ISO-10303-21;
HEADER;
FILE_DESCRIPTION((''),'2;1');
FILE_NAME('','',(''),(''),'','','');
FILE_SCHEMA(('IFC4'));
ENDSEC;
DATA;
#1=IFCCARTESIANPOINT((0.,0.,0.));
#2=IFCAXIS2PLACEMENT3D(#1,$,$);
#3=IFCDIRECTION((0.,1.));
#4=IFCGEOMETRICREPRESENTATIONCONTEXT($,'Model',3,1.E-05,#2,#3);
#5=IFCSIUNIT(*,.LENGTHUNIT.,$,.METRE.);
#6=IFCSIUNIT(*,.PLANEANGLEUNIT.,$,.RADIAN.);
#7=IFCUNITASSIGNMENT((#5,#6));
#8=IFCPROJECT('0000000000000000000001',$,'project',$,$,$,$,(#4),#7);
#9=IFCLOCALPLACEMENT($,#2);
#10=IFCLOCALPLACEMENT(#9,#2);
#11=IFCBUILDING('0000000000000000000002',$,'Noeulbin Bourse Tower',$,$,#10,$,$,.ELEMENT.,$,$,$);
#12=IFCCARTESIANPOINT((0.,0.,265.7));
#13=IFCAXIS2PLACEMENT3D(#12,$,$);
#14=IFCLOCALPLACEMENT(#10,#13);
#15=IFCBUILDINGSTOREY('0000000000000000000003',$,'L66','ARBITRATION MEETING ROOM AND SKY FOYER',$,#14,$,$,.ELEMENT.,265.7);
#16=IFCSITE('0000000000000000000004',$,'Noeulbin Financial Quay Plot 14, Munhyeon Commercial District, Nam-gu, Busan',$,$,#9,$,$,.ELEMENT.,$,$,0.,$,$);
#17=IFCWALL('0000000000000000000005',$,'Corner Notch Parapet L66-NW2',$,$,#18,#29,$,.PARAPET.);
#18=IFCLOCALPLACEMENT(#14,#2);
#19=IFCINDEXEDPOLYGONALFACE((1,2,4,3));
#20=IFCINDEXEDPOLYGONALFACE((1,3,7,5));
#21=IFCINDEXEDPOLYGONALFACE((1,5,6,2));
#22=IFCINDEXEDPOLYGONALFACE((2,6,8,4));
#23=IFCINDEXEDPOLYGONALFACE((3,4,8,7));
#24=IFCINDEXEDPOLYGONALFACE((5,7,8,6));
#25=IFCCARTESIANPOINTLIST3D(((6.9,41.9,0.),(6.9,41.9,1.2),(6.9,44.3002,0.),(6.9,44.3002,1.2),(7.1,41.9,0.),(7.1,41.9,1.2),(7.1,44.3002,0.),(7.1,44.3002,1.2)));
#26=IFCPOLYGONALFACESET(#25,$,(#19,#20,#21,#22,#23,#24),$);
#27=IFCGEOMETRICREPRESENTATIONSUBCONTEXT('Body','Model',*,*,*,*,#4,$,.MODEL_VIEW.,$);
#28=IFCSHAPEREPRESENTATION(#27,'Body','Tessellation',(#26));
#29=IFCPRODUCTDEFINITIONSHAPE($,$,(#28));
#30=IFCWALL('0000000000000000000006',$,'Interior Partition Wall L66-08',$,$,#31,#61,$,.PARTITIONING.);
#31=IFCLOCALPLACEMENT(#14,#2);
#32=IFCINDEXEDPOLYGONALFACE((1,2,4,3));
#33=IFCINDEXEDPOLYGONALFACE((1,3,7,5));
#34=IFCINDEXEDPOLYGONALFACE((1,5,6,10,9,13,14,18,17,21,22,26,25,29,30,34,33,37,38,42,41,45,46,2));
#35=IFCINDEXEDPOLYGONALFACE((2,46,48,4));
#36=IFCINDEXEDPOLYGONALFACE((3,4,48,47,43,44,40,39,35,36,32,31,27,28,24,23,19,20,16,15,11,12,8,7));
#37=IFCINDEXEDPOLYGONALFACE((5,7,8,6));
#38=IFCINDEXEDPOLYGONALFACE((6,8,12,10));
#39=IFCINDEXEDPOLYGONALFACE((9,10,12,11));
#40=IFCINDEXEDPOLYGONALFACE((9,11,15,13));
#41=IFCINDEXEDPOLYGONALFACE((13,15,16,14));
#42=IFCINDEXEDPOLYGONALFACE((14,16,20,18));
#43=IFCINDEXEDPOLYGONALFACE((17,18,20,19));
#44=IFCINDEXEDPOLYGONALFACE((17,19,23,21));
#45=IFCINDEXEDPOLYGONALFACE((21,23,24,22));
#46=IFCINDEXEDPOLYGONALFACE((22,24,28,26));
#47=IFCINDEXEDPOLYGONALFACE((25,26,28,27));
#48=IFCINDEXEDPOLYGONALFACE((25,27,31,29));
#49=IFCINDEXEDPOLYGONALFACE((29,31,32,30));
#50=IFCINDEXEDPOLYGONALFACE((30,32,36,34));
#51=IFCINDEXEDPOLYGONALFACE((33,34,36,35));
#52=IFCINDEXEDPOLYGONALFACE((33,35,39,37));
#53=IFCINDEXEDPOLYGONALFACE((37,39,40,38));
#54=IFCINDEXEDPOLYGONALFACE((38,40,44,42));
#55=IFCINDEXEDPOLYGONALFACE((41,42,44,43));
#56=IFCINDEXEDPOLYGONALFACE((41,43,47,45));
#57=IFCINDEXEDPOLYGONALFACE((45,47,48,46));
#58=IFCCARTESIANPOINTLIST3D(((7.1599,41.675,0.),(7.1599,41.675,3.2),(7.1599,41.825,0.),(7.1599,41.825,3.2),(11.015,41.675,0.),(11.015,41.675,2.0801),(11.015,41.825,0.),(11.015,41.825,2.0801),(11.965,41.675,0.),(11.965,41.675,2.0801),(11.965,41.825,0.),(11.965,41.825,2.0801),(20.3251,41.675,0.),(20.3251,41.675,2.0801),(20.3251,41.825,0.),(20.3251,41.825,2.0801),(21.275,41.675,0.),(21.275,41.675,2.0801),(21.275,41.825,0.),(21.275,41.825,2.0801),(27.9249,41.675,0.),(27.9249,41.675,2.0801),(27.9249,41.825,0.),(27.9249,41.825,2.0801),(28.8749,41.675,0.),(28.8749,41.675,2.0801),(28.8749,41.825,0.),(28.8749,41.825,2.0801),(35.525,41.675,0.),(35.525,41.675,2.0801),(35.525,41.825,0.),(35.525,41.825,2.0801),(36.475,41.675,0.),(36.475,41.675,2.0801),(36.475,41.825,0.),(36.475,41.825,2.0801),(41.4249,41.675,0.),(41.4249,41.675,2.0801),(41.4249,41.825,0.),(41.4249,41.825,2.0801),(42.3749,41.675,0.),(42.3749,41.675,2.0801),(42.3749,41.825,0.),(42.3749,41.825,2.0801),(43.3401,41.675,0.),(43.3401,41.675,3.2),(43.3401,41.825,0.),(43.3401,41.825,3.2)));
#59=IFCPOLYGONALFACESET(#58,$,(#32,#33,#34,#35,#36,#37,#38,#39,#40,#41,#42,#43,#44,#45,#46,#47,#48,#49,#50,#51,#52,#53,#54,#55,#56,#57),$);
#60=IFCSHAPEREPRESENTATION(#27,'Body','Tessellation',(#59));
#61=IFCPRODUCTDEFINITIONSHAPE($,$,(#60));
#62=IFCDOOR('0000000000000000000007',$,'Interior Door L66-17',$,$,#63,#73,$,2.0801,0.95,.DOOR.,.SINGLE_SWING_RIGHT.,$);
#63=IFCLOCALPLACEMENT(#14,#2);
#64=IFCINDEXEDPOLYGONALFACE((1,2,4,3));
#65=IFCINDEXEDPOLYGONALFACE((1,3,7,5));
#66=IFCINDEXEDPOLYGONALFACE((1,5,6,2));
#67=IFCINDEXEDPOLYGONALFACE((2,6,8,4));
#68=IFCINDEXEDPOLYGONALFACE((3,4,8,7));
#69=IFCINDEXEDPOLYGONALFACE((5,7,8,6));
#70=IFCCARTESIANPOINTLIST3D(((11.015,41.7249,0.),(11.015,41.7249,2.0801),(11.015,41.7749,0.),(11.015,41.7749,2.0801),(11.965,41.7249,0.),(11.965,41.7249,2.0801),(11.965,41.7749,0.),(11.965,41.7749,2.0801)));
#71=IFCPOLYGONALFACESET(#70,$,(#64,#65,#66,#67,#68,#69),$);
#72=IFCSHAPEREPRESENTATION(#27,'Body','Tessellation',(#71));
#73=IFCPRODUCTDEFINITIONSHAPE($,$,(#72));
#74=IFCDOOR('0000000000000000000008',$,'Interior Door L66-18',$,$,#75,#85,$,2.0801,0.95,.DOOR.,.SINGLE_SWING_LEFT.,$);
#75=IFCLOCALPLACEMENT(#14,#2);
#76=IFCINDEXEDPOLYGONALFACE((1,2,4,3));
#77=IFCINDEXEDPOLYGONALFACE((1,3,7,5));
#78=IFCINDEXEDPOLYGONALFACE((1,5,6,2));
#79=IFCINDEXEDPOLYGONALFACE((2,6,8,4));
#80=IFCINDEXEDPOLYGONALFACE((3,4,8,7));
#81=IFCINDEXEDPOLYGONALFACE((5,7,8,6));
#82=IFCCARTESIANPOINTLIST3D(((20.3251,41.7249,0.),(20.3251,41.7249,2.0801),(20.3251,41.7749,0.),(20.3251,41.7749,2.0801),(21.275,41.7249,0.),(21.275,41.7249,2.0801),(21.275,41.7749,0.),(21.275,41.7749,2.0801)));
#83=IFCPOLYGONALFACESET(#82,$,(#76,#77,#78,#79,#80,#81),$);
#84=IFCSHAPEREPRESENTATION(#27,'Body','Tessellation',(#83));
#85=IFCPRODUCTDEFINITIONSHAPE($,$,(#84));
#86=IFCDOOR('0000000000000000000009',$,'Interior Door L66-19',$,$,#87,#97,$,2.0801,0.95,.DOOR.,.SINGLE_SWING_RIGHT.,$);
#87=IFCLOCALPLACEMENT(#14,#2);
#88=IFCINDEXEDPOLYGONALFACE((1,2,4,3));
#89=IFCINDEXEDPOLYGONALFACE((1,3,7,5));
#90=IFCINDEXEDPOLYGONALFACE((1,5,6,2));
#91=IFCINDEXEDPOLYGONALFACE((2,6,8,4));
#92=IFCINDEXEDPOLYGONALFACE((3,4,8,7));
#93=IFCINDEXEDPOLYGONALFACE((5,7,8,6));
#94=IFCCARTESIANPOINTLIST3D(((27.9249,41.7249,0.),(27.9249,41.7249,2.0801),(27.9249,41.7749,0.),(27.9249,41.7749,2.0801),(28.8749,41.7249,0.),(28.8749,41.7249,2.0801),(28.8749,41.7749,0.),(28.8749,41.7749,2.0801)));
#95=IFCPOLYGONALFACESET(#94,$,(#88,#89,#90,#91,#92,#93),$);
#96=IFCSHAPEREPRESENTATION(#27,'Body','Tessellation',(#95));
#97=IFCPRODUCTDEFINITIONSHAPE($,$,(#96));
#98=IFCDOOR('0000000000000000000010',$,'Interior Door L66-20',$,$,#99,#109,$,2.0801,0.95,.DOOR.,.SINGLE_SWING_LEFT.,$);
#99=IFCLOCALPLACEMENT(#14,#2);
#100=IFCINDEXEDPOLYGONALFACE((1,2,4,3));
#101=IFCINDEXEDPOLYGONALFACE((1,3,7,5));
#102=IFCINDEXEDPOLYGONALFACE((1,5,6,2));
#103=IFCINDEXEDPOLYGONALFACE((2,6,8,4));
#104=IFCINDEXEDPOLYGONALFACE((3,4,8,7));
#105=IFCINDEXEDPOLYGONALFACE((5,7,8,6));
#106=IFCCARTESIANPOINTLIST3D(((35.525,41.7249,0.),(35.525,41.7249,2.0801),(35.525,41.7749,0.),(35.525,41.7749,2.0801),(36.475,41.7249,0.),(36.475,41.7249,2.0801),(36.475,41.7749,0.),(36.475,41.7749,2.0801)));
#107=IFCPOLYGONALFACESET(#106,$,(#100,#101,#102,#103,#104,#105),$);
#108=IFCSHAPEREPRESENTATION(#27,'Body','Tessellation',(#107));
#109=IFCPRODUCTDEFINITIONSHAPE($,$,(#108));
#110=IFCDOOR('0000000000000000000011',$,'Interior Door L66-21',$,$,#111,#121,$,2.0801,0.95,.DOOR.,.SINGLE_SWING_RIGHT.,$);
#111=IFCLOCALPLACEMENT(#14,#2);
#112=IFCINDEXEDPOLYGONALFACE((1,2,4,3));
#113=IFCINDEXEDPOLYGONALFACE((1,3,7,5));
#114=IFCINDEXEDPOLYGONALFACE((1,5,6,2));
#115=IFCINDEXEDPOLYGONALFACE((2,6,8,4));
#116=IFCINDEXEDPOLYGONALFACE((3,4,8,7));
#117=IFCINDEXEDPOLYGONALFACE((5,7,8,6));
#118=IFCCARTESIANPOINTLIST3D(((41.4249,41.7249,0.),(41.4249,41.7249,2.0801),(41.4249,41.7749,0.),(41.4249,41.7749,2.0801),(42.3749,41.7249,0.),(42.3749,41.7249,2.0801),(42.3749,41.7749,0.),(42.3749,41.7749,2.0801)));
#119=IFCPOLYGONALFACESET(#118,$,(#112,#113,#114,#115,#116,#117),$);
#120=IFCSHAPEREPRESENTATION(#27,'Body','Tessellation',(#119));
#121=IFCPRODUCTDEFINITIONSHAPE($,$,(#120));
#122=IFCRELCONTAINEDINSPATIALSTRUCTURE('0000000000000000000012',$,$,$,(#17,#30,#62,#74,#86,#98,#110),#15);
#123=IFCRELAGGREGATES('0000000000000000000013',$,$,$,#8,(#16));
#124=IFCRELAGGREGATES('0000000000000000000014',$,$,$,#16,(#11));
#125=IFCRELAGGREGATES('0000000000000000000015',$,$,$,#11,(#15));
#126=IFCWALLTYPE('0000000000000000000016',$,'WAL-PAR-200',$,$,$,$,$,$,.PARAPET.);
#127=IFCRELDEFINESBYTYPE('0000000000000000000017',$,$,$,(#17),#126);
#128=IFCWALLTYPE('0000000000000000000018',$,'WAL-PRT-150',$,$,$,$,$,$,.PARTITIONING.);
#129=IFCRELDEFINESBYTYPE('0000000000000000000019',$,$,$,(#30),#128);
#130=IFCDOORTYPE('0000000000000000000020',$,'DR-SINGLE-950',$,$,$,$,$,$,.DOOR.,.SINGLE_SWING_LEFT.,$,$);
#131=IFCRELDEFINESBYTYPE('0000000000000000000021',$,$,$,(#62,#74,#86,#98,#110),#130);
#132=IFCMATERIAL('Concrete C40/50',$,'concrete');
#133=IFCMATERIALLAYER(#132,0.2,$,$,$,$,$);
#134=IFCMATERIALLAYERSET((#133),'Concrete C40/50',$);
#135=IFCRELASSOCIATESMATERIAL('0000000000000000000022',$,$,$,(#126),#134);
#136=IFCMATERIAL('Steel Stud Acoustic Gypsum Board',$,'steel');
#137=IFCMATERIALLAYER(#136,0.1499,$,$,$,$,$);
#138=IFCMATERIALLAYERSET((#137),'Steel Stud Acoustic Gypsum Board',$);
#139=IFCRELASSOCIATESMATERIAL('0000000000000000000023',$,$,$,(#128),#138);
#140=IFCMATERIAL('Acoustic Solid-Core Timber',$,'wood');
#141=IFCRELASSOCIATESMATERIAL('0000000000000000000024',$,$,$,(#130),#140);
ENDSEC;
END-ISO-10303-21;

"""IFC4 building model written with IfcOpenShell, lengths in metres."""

from ifc_helpers import new_model, si_unit, direction, frame, frame_2d, origin, place, context, subcontext, project, spatial, rectangle, extrude, material, layer, layer_set, type_object, element, fill, save


model = new_model("IFC4")

# Units and contexts
model_context = context("Model", 3, precision=1e-05, world=origin(), true_north=direction((0.0, 1.0)))
body_context = subcontext(model_context, "Body", "Model", "MODEL_VIEW")
ifc_project = project(units=[si_unit("LENGTHUNIT", "METRE"), si_unit("PLANEANGLEUNIT", "RADIAN")], contexts=[model_context])

# Site, building, storey
site_placement = place(None, origin())
site = spatial("IfcSite", under=ifc_project, at=site_placement, Name="Noeulbin Financial Quay Plot 14, Munhyeon Commercial District, Nam-gu, Busan", CompositionType="ELEMENT", RefElevation=0.0)
building_placement = place(site_placement, origin())
building = spatial("IfcBuilding", under=site, at=building_placement, Name="Noeulbin Bourse Tower", CompositionType="ELEMENT")
storey_placement = place(building_placement, frame((0.0, 0.0, 265.7)))
storey = spatial("IfcBuildingStorey", under=building, at=storey_placement, Name="L66", Description="ARBITRATION MEETING ROOM AND SKY FOYER", CompositionType="ELEMENT", Elevation=265.7)

# Wall
ifc_material_1 = material(Name="Concrete C40/50", Category="concrete")
ifc_layer_1 = layer(ifc_material_1, 0.2)
ifc_layer_set_1 = layer_set([ifc_layer_1], Name="Concrete C40/50")
wall_type_1 = type_object("IfcWallType", Name="WAL-PAR-200", PredefinedType="PARAPET", material=ifc_layer_set_1)
wall_1_placement = place(storey_placement, frame((7.0, 41.8999, 0.0), z_axis=(0.0, 0.0, 1.0), x_axis=(0.0, 1.0, 0.0)))
element("IfcWall", 1, at=wall_1_placement, inside=storey, type_object=wall_type_1, Name="Corner Notch Parapet L66-NW2", PredefinedType="PARAPET", context=body_context, shape_type="SweptSolid", body=[
    extrude(rectangle(XDim=2.4001, YDim=0.2, at=frame_2d((1.2002, 0.0))), origin(), (0.0, 0.0, 1.0), 1.2),
])

# Wall, openings, doors
ifc_material_2 = material(Name="Steel Stud Acoustic Gypsum Board", Category="steel")
ifc_layer_2 = layer(ifc_material_2, 0.1499)
ifc_layer_set_2 = layer_set([ifc_layer_2], Name="Steel Stud Acoustic Gypsum Board")
wall_type_2 = type_object("IfcWallType", Name="WAL-PRT-150", PredefinedType="PARTITIONING", material=ifc_layer_set_2)
wall_2_placement = place(storey_placement, frame((7.1599, 41.75, 0.0), z_axis=(0.0, 0.0, 1.0), x_axis=(1.0, 0.0, 0.0)))
wall_2 = element("IfcWall", 2, at=wall_2_placement, inside=storey, type_object=wall_type_2, Name="Interior Partition Wall L66-08", PredefinedType="PARTITIONING", context=body_context, shape_type="SweptSolid", body=[
    extrude(rectangle(XDim=36.1802, YDim=0.1499, at=frame_2d((18.0901, 0.0))), origin(), (0.0, 0.0, 1.0), 3.2),
])
opening_1_placement = place(wall_2_placement, frame((3.855, 0.0, 0.0)))
opening_1 = element("IfcOpeningElement", 3, at=opening_1_placement, cuts=wall_2, PredefinedType="OPENING", context=body_context, shape_type="SweptSolid", body=[
    extrude(rectangle(XDim=0.95, YDim=2.0801, at=frame_2d((0.4751, 1.04))), frame((0.0, 0.085, 0.0), z_axis=(0.0, -1.0, 0.0), x_axis=(1.0, 0.0, 0.0)), (0.0, 0.0, 1.0), 0.1699),
])
opening_2_placement = place(wall_2_placement, frame((13.165, 0.0, 0.0)))
opening_2 = element("IfcOpeningElement", 4, at=opening_2_placement, cuts=wall_2, PredefinedType="OPENING", context=body_context, shape_type="SweptSolid", body=[
    extrude(rectangle(XDim=0.95, YDim=2.0801, at=frame_2d((0.4751, 1.04))), frame((0.0, 0.085, 0.0), z_axis=(0.0, -1.0, 0.0), x_axis=(1.0, 0.0, 0.0)), (0.0, 0.0, 1.0), 0.1699),
])
opening_3_placement = place(wall_2_placement, frame((20.7649, 0.0, 0.0)))
opening_3 = element("IfcOpeningElement", 5, at=opening_3_placement, cuts=wall_2, PredefinedType="OPENING", context=body_context, shape_type="SweptSolid", body=[
    extrude(rectangle(XDim=0.95, YDim=2.0801, at=frame_2d((0.4751, 1.04))), frame((0.0, 0.085, 0.0), z_axis=(0.0, -1.0, 0.0), x_axis=(1.0, 0.0, 0.0)), (0.0, 0.0, 1.0), 0.1699),
])
opening_4_placement = place(wall_2_placement, frame((28.365, 0.0, 0.0)))
opening_4 = element("IfcOpeningElement", 6, at=opening_4_placement, cuts=wall_2, PredefinedType="OPENING", context=body_context, shape_type="SweptSolid", body=[
    extrude(rectangle(XDim=0.95, YDim=2.0801, at=frame_2d((0.4751, 1.04))), frame((0.0, 0.085, 0.0), z_axis=(0.0, -1.0, 0.0), x_axis=(1.0, 0.0, 0.0)), (0.0, 0.0, 1.0), 0.1699),
])
opening_5_placement = place(wall_2_placement, frame((34.2649, 0.0, 0.0)))
opening_5 = element("IfcOpeningElement", 7, at=opening_5_placement, cuts=wall_2, PredefinedType="OPENING", context=body_context, shape_type="SweptSolid", body=[
    extrude(rectangle(XDim=0.95, YDim=2.0801, at=frame_2d((0.4751, 1.04))), frame((0.0, 0.085, 0.0), z_axis=(0.0, -1.0, 0.0), x_axis=(1.0, 0.0, 0.0)), (0.0, 0.0, 1.0), 0.1699),
])
ifc_material_3 = material(Name="Acoustic Solid-Core Timber", Category="wood")
door_type = type_object("IfcDoorType", Name="DR-SINGLE-950", OperationType="SINGLE_SWING_LEFT", PredefinedType="DOOR", material=ifc_material_3)
door_1_placement = place(opening_1_placement, origin())
door_1 = element("IfcDoor", 8, at=door_1_placement, inside=storey, type_object=door_type, Name="Interior Door L66-17", OperationType="SINGLE_SWING_RIGHT", OverallHeight=2.0801, OverallWidth=0.95, PredefinedType="DOOR", context=body_context, shape_type="SweptSolid", body=[
    extrude(rectangle(XDim=0.95, YDim=2.0801, at=frame_2d((0.4751, 1.04))), frame((0.0, 0.0249, 0.0), z_axis=(0.0, -1.0, 0.0), x_axis=(1.0, 0.0, 0.0)), (0.0, 0.0, 1.0), 0.05),
])
fill(opening_1, door_1)
door_2_placement = place(opening_2_placement, origin())
door_2 = element("IfcDoor", 9, at=door_2_placement, inside=storey, type_object=door_type, Name="Interior Door L66-18", OperationType="SINGLE_SWING_LEFT", OverallHeight=2.0801, OverallWidth=0.95, PredefinedType="DOOR", context=body_context, shape_type="SweptSolid", body=[
    extrude(rectangle(XDim=0.95, YDim=2.0801, at=frame_2d((0.4751, 1.04))), frame((0.0, 0.0249, 0.0), z_axis=(0.0, -1.0, 0.0), x_axis=(1.0, 0.0, 0.0)), (0.0, 0.0, 1.0), 0.05),
])
fill(opening_2, door_2)
door_3_placement = place(opening_3_placement, origin())
door_3 = element("IfcDoor", 10, at=door_3_placement, inside=storey, type_object=door_type, Name="Interior Door L66-19", OperationType="SINGLE_SWING_RIGHT", OverallHeight=2.0801, OverallWidth=0.95, PredefinedType="DOOR", context=body_context, shape_type="SweptSolid", body=[
    extrude(rectangle(XDim=0.95, YDim=2.0801, at=frame_2d((0.4751, 1.04))), frame((0.0, 0.0249, 0.0), z_axis=(0.0, -1.0, 0.0), x_axis=(1.0, 0.0, 0.0)), (0.0, 0.0, 1.0), 0.05),
])
fill(opening_3, door_3)
door_4_placement = place(opening_4_placement, origin())
door_4 = element("IfcDoor", 11, at=door_4_placement, inside=storey, type_object=door_type, Name="Interior Door L66-20", OperationType="SINGLE_SWING_LEFT", OverallHeight=2.0801, OverallWidth=0.95, PredefinedType="DOOR", context=body_context, shape_type="SweptSolid", body=[
    extrude(rectangle(XDim=0.95, YDim=2.0801, at=frame_2d((0.4751, 1.04))), frame((0.0, 0.0249, 0.0), z_axis=(0.0, -1.0, 0.0), x_axis=(1.0, 0.0, 0.0)), (0.0, 0.0, 1.0), 0.05),
])
fill(opening_4, door_4)
door_5_placement = place(opening_5_placement, origin())
door_5 = element("IfcDoor", 12, at=door_5_placement, inside=storey, type_object=door_type, Name="Interior Door L66-21", OperationType="SINGLE_SWING_RIGHT", OverallHeight=2.0801, OverallWidth=0.95, PredefinedType="DOOR", context=body_context, shape_type="SweptSolid", body=[
    extrude(rectangle(XDim=0.95, YDim=2.0801, at=frame_2d((0.4751, 1.04))), frame((0.0, 0.0249, 0.0), z_axis=(0.0, -1.0, 0.0), x_axis=(1.0, 0.0, 0.0)), (0.0, 0.0, 1.0), 0.05),
])
fill(opening_5, door_5)

save(model, "model.ifc")
